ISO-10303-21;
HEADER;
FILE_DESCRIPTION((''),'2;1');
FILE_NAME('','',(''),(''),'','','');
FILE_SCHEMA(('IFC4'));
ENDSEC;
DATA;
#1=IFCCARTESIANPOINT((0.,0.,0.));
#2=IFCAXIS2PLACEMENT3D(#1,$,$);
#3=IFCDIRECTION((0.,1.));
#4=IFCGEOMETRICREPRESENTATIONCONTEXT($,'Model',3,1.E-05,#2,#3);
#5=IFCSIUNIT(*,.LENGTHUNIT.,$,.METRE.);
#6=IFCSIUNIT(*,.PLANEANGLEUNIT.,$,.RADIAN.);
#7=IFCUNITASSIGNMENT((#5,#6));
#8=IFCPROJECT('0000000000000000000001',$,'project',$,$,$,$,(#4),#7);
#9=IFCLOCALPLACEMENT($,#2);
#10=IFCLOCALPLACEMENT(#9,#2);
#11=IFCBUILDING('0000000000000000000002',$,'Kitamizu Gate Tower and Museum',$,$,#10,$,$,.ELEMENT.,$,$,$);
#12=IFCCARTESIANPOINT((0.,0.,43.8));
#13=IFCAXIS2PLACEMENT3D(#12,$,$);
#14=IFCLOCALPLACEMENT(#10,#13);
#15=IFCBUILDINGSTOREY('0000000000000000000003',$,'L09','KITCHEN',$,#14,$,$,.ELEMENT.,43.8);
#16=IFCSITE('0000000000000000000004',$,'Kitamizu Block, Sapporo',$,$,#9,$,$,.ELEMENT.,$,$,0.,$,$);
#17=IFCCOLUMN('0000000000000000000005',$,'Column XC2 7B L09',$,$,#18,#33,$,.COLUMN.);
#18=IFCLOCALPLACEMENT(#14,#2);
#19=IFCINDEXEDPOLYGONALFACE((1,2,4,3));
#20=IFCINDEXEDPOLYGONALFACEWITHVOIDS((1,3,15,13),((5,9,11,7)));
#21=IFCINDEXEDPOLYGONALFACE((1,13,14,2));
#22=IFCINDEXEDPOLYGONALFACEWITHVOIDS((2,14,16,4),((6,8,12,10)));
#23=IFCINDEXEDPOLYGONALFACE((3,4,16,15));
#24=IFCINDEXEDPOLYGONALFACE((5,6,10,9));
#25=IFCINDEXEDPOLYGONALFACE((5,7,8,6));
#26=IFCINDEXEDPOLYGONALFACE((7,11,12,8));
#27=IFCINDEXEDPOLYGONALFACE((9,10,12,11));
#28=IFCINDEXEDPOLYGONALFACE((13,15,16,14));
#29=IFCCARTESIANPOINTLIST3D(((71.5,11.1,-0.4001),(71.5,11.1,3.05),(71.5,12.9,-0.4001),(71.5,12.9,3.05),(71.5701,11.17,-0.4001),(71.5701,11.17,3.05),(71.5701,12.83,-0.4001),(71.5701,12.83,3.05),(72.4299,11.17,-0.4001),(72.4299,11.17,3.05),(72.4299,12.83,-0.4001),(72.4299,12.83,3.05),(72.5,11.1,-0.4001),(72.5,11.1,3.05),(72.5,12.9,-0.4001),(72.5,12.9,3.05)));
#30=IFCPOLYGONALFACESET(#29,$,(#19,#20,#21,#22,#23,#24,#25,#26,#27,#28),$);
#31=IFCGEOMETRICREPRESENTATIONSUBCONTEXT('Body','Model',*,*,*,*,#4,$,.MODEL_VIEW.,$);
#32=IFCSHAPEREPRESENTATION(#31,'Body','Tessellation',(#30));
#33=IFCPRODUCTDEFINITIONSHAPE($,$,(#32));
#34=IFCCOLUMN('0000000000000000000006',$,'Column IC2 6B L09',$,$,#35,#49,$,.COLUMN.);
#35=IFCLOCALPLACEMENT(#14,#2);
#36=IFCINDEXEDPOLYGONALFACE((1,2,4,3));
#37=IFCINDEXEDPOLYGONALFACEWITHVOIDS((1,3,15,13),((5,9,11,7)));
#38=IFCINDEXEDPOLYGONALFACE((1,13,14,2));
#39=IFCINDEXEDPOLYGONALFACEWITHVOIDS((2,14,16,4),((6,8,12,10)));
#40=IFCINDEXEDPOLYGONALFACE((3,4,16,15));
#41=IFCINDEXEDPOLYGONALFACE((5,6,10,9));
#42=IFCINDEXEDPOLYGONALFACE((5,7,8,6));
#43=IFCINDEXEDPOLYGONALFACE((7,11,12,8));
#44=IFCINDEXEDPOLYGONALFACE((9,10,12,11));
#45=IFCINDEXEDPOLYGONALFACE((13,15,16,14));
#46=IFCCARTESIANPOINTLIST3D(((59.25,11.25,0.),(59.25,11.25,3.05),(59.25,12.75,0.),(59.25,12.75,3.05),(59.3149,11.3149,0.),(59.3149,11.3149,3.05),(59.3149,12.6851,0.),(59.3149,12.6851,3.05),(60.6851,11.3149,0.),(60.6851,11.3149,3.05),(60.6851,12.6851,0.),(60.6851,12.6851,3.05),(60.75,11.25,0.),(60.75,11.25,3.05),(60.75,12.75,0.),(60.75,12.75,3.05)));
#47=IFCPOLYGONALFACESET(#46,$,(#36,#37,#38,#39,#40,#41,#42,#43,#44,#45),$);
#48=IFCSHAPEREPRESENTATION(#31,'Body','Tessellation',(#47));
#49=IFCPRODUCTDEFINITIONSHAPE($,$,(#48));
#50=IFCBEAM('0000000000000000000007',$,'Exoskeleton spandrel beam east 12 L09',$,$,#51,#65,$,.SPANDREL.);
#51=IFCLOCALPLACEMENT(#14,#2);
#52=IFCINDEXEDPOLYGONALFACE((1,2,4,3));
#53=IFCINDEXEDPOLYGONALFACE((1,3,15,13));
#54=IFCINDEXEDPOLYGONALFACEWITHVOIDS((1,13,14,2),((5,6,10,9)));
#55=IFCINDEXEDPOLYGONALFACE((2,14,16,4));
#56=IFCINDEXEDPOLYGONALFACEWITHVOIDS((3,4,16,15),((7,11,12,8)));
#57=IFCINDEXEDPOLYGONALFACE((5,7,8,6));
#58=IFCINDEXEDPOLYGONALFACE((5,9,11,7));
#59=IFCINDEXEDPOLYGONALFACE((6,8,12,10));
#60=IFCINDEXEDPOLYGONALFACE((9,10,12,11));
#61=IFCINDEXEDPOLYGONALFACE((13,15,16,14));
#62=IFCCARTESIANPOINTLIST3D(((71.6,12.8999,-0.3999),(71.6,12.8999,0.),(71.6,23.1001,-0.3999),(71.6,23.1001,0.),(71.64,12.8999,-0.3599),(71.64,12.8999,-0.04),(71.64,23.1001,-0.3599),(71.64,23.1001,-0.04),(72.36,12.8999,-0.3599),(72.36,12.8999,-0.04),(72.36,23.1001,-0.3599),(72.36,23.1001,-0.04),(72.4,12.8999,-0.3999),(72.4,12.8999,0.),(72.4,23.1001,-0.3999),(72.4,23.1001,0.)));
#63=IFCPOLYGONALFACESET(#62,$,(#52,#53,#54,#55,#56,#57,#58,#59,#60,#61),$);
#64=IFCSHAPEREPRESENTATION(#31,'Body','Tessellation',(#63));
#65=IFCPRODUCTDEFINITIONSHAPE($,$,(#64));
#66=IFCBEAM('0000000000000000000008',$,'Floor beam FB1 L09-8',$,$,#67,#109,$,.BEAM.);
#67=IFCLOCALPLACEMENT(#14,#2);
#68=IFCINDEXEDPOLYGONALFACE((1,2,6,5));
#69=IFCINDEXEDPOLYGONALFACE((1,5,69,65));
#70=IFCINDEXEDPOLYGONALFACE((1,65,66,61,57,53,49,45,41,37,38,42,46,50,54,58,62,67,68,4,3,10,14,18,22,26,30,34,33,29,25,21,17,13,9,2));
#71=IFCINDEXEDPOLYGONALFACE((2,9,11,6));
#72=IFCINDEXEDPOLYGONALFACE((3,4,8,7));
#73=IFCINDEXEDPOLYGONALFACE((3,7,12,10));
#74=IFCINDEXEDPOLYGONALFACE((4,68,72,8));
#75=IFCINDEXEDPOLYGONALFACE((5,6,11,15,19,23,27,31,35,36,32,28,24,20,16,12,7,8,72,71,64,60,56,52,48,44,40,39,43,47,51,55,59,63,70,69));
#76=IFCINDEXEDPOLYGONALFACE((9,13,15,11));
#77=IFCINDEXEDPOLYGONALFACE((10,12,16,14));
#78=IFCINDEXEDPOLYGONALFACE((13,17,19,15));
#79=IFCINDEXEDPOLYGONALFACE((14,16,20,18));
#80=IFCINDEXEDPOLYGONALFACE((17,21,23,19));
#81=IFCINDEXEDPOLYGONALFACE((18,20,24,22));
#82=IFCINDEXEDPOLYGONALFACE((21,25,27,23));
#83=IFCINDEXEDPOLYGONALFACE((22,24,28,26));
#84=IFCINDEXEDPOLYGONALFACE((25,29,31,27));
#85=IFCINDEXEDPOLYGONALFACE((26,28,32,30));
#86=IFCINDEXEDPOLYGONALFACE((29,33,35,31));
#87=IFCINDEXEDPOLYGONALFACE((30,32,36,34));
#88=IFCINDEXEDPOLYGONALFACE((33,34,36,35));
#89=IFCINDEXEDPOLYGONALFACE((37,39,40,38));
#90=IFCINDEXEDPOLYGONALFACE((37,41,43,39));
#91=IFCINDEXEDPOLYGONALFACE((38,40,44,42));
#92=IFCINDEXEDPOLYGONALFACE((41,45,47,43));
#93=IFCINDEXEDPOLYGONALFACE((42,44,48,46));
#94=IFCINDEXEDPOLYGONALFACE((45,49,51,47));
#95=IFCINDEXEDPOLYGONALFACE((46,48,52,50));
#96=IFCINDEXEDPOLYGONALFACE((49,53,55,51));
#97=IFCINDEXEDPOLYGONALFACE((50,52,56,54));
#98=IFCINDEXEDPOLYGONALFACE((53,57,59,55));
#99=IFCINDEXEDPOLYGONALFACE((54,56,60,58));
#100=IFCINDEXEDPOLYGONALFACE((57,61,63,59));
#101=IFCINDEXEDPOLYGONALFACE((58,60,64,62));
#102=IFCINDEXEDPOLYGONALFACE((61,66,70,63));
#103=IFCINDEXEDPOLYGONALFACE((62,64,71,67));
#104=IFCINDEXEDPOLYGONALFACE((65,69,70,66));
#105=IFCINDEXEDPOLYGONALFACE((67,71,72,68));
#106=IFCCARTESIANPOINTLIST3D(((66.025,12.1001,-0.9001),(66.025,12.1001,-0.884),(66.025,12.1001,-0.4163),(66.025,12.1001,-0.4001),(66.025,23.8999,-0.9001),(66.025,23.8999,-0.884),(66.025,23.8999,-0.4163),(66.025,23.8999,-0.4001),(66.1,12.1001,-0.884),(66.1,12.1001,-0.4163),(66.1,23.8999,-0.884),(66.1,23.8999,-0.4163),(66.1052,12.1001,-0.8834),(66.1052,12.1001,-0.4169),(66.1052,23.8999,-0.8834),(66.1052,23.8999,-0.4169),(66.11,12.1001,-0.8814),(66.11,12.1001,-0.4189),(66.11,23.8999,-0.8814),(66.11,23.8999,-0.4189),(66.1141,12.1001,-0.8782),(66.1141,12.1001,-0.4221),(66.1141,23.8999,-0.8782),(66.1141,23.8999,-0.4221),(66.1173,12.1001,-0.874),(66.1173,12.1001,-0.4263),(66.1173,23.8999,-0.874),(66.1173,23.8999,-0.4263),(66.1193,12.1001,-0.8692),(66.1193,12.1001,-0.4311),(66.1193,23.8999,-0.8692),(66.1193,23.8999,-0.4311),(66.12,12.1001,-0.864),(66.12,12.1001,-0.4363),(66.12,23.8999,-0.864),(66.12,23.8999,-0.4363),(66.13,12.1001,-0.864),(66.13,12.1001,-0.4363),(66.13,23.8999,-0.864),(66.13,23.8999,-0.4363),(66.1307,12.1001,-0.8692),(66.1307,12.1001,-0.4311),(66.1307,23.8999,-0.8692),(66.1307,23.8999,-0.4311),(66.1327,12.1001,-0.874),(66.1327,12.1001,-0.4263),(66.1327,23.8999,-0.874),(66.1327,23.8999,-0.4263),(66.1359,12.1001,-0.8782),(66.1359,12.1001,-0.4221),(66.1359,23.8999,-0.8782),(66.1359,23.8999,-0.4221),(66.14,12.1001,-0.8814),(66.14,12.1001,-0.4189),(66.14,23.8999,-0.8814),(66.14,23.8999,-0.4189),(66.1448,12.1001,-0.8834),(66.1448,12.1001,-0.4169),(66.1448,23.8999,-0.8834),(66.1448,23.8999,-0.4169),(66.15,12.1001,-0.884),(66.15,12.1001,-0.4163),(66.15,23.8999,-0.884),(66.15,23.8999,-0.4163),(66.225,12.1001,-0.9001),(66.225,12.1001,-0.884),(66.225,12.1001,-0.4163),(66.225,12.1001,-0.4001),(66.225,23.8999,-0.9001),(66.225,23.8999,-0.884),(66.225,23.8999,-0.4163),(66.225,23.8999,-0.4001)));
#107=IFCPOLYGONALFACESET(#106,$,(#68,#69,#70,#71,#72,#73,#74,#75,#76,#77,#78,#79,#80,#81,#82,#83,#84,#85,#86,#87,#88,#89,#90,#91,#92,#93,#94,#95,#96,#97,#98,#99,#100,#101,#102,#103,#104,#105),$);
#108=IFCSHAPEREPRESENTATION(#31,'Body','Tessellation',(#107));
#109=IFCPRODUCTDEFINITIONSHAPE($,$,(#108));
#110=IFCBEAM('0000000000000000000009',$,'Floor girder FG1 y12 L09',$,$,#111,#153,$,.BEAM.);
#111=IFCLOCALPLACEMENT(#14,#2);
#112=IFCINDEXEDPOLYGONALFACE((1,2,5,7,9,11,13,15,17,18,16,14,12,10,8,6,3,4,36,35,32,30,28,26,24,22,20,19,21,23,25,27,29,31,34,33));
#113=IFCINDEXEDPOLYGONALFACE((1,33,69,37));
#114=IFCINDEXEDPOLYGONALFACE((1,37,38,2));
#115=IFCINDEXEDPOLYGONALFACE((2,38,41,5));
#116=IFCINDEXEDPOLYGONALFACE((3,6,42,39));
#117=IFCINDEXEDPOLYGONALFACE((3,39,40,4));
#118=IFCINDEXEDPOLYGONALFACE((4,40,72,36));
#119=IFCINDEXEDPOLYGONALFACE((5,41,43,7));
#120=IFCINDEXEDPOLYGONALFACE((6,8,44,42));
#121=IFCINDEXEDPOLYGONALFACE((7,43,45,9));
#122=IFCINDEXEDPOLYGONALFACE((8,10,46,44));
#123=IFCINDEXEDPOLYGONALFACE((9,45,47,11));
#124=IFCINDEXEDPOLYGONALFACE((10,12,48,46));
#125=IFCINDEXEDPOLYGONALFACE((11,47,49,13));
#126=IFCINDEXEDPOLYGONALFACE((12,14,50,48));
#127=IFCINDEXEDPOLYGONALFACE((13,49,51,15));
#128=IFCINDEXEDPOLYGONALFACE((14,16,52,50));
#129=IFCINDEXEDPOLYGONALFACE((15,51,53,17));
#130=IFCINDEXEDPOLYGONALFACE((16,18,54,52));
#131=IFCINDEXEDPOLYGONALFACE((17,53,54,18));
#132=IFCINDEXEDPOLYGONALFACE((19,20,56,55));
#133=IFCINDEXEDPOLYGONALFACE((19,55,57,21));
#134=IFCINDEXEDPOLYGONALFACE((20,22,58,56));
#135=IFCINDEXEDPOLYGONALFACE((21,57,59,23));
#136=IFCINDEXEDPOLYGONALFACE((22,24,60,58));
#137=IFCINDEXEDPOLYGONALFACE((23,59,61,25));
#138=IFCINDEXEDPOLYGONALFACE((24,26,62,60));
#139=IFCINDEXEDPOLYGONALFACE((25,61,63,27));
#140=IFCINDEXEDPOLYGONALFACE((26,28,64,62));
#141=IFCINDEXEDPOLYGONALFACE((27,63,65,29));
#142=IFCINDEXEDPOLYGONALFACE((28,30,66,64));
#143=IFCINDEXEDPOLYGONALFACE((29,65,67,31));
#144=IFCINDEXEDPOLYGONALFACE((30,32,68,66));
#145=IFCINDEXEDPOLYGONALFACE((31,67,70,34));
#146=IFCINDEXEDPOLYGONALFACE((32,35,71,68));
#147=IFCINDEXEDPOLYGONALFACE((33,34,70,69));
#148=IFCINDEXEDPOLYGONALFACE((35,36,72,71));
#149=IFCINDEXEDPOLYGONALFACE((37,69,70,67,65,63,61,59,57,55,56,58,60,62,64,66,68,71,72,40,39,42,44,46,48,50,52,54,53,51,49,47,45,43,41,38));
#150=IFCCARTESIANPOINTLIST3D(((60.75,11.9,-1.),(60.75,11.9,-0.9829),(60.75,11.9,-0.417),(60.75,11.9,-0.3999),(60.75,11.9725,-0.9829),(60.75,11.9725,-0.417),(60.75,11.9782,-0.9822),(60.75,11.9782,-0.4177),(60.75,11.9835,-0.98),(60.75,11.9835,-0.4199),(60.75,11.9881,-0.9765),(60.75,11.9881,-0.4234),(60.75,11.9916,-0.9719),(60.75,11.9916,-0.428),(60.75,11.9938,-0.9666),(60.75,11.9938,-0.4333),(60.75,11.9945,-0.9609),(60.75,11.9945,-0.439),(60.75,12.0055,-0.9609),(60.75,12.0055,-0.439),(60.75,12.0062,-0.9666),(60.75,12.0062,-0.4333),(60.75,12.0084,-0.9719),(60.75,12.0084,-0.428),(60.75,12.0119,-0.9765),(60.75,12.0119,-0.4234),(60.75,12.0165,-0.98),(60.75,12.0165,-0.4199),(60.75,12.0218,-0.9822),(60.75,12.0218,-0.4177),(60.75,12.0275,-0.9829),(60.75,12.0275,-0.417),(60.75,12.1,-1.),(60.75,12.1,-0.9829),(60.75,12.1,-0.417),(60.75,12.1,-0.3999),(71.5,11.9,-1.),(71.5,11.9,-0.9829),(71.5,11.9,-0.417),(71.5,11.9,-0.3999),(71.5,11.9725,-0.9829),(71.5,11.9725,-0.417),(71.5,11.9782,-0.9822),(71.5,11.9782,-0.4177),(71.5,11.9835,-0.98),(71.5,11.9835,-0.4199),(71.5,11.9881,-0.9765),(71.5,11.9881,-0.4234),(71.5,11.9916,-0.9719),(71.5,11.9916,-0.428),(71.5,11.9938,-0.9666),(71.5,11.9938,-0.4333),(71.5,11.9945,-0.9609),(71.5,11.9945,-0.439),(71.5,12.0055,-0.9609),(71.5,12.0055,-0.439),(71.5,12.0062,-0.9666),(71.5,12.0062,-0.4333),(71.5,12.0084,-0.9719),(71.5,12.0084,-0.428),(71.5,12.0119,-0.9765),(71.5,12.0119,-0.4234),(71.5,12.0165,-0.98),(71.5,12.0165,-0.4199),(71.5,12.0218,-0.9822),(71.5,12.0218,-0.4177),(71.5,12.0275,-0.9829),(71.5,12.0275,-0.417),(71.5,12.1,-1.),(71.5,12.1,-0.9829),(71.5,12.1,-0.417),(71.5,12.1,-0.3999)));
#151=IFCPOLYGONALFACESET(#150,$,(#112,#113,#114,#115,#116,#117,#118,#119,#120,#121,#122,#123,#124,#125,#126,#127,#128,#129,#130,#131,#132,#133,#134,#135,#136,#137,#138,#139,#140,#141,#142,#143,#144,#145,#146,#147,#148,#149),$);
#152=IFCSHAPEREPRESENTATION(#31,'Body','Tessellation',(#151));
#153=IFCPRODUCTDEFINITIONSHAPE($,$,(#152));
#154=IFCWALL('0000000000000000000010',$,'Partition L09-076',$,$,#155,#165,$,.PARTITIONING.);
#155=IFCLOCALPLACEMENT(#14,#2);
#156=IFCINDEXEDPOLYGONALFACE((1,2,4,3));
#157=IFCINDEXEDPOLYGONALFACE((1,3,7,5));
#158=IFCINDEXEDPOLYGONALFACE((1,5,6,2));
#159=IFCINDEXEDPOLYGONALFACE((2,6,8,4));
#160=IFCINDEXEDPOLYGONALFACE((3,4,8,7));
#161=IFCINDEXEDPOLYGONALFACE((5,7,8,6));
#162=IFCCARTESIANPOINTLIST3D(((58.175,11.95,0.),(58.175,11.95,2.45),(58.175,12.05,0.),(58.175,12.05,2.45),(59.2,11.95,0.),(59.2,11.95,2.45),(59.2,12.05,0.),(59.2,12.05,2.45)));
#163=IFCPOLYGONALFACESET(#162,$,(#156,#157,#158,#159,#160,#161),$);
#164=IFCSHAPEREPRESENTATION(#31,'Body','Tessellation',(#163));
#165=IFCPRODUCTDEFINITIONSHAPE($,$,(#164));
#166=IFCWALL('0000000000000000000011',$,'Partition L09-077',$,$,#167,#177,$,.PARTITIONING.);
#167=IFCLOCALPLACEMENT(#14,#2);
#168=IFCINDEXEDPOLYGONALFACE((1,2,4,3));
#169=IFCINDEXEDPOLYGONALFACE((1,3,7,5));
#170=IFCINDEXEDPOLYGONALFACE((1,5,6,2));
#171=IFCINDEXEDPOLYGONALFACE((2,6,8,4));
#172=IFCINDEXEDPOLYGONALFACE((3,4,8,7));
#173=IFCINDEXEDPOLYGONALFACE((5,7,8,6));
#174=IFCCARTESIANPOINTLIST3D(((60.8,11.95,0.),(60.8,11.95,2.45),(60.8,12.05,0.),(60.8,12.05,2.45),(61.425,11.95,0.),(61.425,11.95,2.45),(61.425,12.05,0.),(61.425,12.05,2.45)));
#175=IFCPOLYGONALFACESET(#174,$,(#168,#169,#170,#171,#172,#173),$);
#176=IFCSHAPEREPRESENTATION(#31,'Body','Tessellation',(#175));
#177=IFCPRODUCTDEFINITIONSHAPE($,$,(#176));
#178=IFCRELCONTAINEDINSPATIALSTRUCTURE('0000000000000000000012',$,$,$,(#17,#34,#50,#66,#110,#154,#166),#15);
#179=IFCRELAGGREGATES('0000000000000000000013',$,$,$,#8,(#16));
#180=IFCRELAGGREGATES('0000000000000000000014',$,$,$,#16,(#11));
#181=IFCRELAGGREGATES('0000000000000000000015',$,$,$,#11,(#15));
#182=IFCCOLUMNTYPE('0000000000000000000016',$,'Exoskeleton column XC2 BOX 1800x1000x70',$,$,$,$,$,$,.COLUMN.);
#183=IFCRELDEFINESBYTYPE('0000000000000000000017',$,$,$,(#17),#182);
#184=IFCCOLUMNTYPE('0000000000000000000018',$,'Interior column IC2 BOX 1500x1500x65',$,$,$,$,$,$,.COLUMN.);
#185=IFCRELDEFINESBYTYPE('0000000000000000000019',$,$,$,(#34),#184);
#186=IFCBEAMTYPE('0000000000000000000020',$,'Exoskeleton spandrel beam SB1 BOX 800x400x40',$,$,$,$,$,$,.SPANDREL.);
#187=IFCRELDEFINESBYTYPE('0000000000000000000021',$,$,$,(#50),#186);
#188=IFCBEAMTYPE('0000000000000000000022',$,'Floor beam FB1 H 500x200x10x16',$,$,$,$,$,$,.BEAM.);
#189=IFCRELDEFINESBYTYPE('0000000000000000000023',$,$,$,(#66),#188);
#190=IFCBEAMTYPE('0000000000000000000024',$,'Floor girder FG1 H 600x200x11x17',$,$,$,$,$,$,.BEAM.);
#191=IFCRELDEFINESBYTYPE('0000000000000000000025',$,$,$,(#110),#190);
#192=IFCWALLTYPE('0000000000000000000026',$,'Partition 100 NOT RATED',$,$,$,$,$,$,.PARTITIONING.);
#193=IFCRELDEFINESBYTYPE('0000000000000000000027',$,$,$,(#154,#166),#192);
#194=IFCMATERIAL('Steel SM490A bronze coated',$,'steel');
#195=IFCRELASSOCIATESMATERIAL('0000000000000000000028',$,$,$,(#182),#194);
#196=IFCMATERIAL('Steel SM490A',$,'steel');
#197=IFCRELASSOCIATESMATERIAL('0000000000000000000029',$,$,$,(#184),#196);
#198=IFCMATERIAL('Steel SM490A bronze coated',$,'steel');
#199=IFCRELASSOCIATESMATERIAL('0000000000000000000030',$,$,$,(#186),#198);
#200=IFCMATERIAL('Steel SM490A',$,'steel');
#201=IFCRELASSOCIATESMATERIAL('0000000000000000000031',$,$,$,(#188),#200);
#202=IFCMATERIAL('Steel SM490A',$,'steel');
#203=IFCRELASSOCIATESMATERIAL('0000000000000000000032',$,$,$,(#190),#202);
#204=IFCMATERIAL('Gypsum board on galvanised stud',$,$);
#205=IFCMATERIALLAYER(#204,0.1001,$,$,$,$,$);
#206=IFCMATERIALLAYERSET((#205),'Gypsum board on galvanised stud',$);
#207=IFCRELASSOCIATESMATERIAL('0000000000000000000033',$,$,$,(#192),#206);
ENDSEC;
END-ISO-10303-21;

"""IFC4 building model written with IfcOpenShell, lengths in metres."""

from ifc_helpers import new_model, si_unit, direction, frame, frame_2d, origin, origin_2d, place, context, subcontext, project, spatial, rectangle, hollow_rectangle, i_section, extrude, material, layer, layer_set, material_profile, profile_set, type_object, element, save


model = new_model("IFC4")

# Units and contexts
model_context = context("Model", 3, precision=1e-05, world=origin(), true_north=direction((0.0, 1.0)))
body_context = subcontext(model_context, "Body", "Model", "MODEL_VIEW")
ifc_project = project(units=[si_unit("LENGTHUNIT", "METRE"), si_unit("PLANEANGLEUNIT", "RADIAN")], contexts=[model_context])

# Site, building, storey
site_placement = place(None, origin())
site = spatial("IfcSite", under=ifc_project, at=site_placement, Name="Kitamizu Block, Sapporo", CompositionType="ELEMENT", RefElevation=0.0)
building_placement = place(site_placement, origin())
building = spatial("IfcBuilding", under=site, at=building_placement, Name="Kitamizu Gate Tower and Museum", CompositionType="ELEMENT")
storey_placement = place(building_placement, frame((0.0, 0.0, 43.8)))
storey = spatial("IfcBuildingStorey", under=building, at=storey_placement, Name="L09", Description="KITCHEN", CompositionType="ELEMENT", Elevation=43.8)

# Columns
ifc_material_1 = material(Name="Steel SM490A bronze coated", Category="steel")
ifc_material_profile_1 = material_profile(ifc_material_1, hollow_rectangle(XDim=1.8, YDim=1.0, WallThickness=0.0701, at=origin_2d()), Name="BOX 1800x1000x70")
ifc_profile_set_1 = profile_set([ifc_material_profile_1], Name="Steel SM490A bronze coated")
column_type_1 = type_object("IfcColumnType", Name="Exoskeleton column XC2 BOX 1800x1000x70", PredefinedType="COLUMN", material=ifc_profile_set_1)
column_1_placement = place(storey_placement, frame((72.0, 12.0, -0.4001), z_axis=(0.0, 0.0, 1.0), x_axis=(0.0, 1.0, 0.0)))
element("IfcColumn", 1, at=column_1_placement, inside=storey, type_object=column_type_1, Name="Column XC2 7B L09", PredefinedType="COLUMN", context=body_context, shape_type="SweptSolid", body=[
    extrude(hollow_rectangle(XDim=1.8, YDim=1.0, WallThickness=0.0701, at=origin_2d()), origin(), (0.0, 0.0, 1.0), 3.4502),
])
ifc_material_2 = material(Name="Steel SM490A", Category="steel")
ifc_material_profile_2 = material_profile(ifc_material_2, hollow_rectangle(XDim=1.5, YDim=1.5, WallThickness=0.0649, at=origin_2d()), Name="BOX 1500x1500x65")
ifc_profile_set_2 = profile_set([ifc_material_profile_2], Name="Steel SM490A")
column_type_2 = type_object("IfcColumnType", Name="Interior column IC2 BOX 1500x1500x65", PredefinedType="COLUMN", material=ifc_profile_set_2)
column_2_placement = place(storey_placement, frame((60.0, 12.0, 0.0), z_axis=(0.0, 0.0, 1.0), x_axis=(1.0, 0.0, 0.0)))
element("IfcColumn", 2, at=column_2_placement, inside=storey, type_object=column_type_2, Name="Column IC2 6B L09", PredefinedType="COLUMN", context=body_context, shape_type="SweptSolid", body=[
    extrude(hollow_rectangle(XDim=1.5, YDim=1.5, WallThickness=0.0649, at=origin_2d()), origin(), (0.0, 0.0, 1.0), 3.05),
])

# Beams
ifc_material_3 = material(Name="Steel SM490A bronze coated", Category="steel")
ifc_material_profile_3 = material_profile(ifc_material_3, hollow_rectangle(XDim=0.8, YDim=0.3999, WallThickness=0.04, at=origin_2d()), Name="BOX 800x400x40")
ifc_profile_set_3 = profile_set([ifc_material_profile_3], Name="Steel SM490A bronze coated")
beam_type_1 = type_object("IfcBeamType", Name="Exoskeleton spandrel beam SB1 BOX 800x400x40", PredefinedType="SPANDREL", material=ifc_profile_set_3)
beam_1_placement = place(storey_placement, frame((72.0, 12.8999, -0.2), z_axis=(0.0, 1.0, 0.0), x_axis=(-1.0, 0.0, 0.0)))
element("IfcBeam", 3, at=beam_1_placement, inside=storey, type_object=beam_type_1, Name="Exoskeleton spandrel beam east 12 L09", PredefinedType="SPANDREL", context=body_context, shape_type="SweptSolid", body=[
    extrude(hollow_rectangle(XDim=0.8, YDim=0.3999, WallThickness=0.04, at=origin_2d()), origin(), (0.0, 0.0, 1.0), 10.2002),
])
ifc_material_4 = material(Name="Steel SM490A", Category="steel")
ifc_material_profile_4 = material_profile(ifc_material_4, i_section(OverallWidth=0.2, OverallDepth=0.5, WebThickness=0.01, FlangeThickness=0.0161, FilletRadius=0.02, at=origin_2d()), Name="H-500x200x10x16")
ifc_profile_set_4 = profile_set([ifc_material_profile_4], Name="Steel SM490A")
beam_type_2 = type_object("IfcBeamType", Name="Floor beam FB1 H 500x200x10x16", PredefinedType="BEAM", material=ifc_profile_set_4)
beam_2_placement = place(storey_placement, frame((66.125, 12.1001, -0.6501), z_axis=(0.0, 1.0, 0.0), x_axis=(-1.0, 0.0, 0.0)))
element("IfcBeam", 4, at=beam_2_placement, inside=storey, type_object=beam_type_2, Name="Floor beam FB1 L09-8", PredefinedType="BEAM", context=body_context, shape_type="SweptSolid", body=[
    extrude(i_section(OverallWidth=0.2, OverallDepth=0.5, WebThickness=0.01, FlangeThickness=0.0161, FilletRadius=0.02, at=origin_2d()), origin(), (0.0, 0.0, 1.0), 11.7998),
])
ifc_material_5 = material(Name="Steel SM490A", Category="steel")
ifc_material_profile_5 = material_profile(ifc_material_5, i_section(OverallWidth=0.2, OverallDepth=0.6001, WebThickness=0.011, FlangeThickness=0.0171, FilletRadius=0.022, at=origin_2d()), Name="H-600x200x11x17")
ifc_profile_set_5 = profile_set([ifc_material_profile_5], Name="Steel SM490A")
beam_type_3 = type_object("IfcBeamType", Name="Floor girder FG1 H 600x200x11x17", PredefinedType="BEAM", material=ifc_profile_set_5)
beam_3_placement = place(storey_placement, frame((60.75, 12.0, -0.7), z_axis=(1.0, 0.0, 0.0), x_axis=(0.0, 1.0, 0.0)))
element("IfcBeam", 5, at=beam_3_placement, inside=storey, type_object=beam_type_3, Name="Floor girder FG1 y12 L09", PredefinedType="BEAM", context=body_context, shape_type="SweptSolid", body=[
    extrude(i_section(OverallWidth=0.2, OverallDepth=0.6001, WebThickness=0.011, FlangeThickness=0.0171, FilletRadius=0.022, at=origin_2d()), origin(), (0.0, 0.0, 1.0), 10.75),
])

# Walls
ifc_material_6 = material(Name="Gypsum board on galvanised stud")
ifc_layer_1 = layer(ifc_material_6, 0.1001)
ifc_layer_set_1 = layer_set([ifc_layer_1], Name="Gypsum board on galvanised stud")
wall_type_1 = type_object("IfcWallType", Name="Partition 100 NOT RATED", PredefinedType="PARTITIONING", material=ifc_layer_set_1)
wall_1_placement = place(storey_placement, frame((59.2, 12.0, 0.0), z_axis=(0.0, 0.0, 1.0), x_axis=(-1.0, 0.0, 0.0)))
element("IfcWall", 6, at=wall_1_placement, inside=storey, type_object=wall_type_1, Name="Partition L09-076", PredefinedType="PARTITIONING", context=body_context, shape_type="SweptSolid", body=[
    extrude(rectangle(XDim=1.0249, YDim=0.1001, at=frame_2d((0.5125, 0.0))), origin(), (0.0, 0.0, 1.0), 2.45),
])
wall_2_placement = place(storey_placement, frame((61.425, 12.0, 0.0), z_axis=(0.0, 0.0, 1.0), x_axis=(-1.0, 0.0, 0.0)))
element("IfcWall", 7, at=wall_2_placement, inside=storey, type_object=wall_type_1, Name="Partition L09-077", PredefinedType="PARTITIONING", context=body_context, shape_type="SweptSolid", body=[
    extrude(rectangle(XDim=0.625, YDim=0.1001, at=frame_2d((0.3125, 0.0))), origin(), (0.0, 0.0, 1.0), 2.45),
])

save(model, "model.ifc")
